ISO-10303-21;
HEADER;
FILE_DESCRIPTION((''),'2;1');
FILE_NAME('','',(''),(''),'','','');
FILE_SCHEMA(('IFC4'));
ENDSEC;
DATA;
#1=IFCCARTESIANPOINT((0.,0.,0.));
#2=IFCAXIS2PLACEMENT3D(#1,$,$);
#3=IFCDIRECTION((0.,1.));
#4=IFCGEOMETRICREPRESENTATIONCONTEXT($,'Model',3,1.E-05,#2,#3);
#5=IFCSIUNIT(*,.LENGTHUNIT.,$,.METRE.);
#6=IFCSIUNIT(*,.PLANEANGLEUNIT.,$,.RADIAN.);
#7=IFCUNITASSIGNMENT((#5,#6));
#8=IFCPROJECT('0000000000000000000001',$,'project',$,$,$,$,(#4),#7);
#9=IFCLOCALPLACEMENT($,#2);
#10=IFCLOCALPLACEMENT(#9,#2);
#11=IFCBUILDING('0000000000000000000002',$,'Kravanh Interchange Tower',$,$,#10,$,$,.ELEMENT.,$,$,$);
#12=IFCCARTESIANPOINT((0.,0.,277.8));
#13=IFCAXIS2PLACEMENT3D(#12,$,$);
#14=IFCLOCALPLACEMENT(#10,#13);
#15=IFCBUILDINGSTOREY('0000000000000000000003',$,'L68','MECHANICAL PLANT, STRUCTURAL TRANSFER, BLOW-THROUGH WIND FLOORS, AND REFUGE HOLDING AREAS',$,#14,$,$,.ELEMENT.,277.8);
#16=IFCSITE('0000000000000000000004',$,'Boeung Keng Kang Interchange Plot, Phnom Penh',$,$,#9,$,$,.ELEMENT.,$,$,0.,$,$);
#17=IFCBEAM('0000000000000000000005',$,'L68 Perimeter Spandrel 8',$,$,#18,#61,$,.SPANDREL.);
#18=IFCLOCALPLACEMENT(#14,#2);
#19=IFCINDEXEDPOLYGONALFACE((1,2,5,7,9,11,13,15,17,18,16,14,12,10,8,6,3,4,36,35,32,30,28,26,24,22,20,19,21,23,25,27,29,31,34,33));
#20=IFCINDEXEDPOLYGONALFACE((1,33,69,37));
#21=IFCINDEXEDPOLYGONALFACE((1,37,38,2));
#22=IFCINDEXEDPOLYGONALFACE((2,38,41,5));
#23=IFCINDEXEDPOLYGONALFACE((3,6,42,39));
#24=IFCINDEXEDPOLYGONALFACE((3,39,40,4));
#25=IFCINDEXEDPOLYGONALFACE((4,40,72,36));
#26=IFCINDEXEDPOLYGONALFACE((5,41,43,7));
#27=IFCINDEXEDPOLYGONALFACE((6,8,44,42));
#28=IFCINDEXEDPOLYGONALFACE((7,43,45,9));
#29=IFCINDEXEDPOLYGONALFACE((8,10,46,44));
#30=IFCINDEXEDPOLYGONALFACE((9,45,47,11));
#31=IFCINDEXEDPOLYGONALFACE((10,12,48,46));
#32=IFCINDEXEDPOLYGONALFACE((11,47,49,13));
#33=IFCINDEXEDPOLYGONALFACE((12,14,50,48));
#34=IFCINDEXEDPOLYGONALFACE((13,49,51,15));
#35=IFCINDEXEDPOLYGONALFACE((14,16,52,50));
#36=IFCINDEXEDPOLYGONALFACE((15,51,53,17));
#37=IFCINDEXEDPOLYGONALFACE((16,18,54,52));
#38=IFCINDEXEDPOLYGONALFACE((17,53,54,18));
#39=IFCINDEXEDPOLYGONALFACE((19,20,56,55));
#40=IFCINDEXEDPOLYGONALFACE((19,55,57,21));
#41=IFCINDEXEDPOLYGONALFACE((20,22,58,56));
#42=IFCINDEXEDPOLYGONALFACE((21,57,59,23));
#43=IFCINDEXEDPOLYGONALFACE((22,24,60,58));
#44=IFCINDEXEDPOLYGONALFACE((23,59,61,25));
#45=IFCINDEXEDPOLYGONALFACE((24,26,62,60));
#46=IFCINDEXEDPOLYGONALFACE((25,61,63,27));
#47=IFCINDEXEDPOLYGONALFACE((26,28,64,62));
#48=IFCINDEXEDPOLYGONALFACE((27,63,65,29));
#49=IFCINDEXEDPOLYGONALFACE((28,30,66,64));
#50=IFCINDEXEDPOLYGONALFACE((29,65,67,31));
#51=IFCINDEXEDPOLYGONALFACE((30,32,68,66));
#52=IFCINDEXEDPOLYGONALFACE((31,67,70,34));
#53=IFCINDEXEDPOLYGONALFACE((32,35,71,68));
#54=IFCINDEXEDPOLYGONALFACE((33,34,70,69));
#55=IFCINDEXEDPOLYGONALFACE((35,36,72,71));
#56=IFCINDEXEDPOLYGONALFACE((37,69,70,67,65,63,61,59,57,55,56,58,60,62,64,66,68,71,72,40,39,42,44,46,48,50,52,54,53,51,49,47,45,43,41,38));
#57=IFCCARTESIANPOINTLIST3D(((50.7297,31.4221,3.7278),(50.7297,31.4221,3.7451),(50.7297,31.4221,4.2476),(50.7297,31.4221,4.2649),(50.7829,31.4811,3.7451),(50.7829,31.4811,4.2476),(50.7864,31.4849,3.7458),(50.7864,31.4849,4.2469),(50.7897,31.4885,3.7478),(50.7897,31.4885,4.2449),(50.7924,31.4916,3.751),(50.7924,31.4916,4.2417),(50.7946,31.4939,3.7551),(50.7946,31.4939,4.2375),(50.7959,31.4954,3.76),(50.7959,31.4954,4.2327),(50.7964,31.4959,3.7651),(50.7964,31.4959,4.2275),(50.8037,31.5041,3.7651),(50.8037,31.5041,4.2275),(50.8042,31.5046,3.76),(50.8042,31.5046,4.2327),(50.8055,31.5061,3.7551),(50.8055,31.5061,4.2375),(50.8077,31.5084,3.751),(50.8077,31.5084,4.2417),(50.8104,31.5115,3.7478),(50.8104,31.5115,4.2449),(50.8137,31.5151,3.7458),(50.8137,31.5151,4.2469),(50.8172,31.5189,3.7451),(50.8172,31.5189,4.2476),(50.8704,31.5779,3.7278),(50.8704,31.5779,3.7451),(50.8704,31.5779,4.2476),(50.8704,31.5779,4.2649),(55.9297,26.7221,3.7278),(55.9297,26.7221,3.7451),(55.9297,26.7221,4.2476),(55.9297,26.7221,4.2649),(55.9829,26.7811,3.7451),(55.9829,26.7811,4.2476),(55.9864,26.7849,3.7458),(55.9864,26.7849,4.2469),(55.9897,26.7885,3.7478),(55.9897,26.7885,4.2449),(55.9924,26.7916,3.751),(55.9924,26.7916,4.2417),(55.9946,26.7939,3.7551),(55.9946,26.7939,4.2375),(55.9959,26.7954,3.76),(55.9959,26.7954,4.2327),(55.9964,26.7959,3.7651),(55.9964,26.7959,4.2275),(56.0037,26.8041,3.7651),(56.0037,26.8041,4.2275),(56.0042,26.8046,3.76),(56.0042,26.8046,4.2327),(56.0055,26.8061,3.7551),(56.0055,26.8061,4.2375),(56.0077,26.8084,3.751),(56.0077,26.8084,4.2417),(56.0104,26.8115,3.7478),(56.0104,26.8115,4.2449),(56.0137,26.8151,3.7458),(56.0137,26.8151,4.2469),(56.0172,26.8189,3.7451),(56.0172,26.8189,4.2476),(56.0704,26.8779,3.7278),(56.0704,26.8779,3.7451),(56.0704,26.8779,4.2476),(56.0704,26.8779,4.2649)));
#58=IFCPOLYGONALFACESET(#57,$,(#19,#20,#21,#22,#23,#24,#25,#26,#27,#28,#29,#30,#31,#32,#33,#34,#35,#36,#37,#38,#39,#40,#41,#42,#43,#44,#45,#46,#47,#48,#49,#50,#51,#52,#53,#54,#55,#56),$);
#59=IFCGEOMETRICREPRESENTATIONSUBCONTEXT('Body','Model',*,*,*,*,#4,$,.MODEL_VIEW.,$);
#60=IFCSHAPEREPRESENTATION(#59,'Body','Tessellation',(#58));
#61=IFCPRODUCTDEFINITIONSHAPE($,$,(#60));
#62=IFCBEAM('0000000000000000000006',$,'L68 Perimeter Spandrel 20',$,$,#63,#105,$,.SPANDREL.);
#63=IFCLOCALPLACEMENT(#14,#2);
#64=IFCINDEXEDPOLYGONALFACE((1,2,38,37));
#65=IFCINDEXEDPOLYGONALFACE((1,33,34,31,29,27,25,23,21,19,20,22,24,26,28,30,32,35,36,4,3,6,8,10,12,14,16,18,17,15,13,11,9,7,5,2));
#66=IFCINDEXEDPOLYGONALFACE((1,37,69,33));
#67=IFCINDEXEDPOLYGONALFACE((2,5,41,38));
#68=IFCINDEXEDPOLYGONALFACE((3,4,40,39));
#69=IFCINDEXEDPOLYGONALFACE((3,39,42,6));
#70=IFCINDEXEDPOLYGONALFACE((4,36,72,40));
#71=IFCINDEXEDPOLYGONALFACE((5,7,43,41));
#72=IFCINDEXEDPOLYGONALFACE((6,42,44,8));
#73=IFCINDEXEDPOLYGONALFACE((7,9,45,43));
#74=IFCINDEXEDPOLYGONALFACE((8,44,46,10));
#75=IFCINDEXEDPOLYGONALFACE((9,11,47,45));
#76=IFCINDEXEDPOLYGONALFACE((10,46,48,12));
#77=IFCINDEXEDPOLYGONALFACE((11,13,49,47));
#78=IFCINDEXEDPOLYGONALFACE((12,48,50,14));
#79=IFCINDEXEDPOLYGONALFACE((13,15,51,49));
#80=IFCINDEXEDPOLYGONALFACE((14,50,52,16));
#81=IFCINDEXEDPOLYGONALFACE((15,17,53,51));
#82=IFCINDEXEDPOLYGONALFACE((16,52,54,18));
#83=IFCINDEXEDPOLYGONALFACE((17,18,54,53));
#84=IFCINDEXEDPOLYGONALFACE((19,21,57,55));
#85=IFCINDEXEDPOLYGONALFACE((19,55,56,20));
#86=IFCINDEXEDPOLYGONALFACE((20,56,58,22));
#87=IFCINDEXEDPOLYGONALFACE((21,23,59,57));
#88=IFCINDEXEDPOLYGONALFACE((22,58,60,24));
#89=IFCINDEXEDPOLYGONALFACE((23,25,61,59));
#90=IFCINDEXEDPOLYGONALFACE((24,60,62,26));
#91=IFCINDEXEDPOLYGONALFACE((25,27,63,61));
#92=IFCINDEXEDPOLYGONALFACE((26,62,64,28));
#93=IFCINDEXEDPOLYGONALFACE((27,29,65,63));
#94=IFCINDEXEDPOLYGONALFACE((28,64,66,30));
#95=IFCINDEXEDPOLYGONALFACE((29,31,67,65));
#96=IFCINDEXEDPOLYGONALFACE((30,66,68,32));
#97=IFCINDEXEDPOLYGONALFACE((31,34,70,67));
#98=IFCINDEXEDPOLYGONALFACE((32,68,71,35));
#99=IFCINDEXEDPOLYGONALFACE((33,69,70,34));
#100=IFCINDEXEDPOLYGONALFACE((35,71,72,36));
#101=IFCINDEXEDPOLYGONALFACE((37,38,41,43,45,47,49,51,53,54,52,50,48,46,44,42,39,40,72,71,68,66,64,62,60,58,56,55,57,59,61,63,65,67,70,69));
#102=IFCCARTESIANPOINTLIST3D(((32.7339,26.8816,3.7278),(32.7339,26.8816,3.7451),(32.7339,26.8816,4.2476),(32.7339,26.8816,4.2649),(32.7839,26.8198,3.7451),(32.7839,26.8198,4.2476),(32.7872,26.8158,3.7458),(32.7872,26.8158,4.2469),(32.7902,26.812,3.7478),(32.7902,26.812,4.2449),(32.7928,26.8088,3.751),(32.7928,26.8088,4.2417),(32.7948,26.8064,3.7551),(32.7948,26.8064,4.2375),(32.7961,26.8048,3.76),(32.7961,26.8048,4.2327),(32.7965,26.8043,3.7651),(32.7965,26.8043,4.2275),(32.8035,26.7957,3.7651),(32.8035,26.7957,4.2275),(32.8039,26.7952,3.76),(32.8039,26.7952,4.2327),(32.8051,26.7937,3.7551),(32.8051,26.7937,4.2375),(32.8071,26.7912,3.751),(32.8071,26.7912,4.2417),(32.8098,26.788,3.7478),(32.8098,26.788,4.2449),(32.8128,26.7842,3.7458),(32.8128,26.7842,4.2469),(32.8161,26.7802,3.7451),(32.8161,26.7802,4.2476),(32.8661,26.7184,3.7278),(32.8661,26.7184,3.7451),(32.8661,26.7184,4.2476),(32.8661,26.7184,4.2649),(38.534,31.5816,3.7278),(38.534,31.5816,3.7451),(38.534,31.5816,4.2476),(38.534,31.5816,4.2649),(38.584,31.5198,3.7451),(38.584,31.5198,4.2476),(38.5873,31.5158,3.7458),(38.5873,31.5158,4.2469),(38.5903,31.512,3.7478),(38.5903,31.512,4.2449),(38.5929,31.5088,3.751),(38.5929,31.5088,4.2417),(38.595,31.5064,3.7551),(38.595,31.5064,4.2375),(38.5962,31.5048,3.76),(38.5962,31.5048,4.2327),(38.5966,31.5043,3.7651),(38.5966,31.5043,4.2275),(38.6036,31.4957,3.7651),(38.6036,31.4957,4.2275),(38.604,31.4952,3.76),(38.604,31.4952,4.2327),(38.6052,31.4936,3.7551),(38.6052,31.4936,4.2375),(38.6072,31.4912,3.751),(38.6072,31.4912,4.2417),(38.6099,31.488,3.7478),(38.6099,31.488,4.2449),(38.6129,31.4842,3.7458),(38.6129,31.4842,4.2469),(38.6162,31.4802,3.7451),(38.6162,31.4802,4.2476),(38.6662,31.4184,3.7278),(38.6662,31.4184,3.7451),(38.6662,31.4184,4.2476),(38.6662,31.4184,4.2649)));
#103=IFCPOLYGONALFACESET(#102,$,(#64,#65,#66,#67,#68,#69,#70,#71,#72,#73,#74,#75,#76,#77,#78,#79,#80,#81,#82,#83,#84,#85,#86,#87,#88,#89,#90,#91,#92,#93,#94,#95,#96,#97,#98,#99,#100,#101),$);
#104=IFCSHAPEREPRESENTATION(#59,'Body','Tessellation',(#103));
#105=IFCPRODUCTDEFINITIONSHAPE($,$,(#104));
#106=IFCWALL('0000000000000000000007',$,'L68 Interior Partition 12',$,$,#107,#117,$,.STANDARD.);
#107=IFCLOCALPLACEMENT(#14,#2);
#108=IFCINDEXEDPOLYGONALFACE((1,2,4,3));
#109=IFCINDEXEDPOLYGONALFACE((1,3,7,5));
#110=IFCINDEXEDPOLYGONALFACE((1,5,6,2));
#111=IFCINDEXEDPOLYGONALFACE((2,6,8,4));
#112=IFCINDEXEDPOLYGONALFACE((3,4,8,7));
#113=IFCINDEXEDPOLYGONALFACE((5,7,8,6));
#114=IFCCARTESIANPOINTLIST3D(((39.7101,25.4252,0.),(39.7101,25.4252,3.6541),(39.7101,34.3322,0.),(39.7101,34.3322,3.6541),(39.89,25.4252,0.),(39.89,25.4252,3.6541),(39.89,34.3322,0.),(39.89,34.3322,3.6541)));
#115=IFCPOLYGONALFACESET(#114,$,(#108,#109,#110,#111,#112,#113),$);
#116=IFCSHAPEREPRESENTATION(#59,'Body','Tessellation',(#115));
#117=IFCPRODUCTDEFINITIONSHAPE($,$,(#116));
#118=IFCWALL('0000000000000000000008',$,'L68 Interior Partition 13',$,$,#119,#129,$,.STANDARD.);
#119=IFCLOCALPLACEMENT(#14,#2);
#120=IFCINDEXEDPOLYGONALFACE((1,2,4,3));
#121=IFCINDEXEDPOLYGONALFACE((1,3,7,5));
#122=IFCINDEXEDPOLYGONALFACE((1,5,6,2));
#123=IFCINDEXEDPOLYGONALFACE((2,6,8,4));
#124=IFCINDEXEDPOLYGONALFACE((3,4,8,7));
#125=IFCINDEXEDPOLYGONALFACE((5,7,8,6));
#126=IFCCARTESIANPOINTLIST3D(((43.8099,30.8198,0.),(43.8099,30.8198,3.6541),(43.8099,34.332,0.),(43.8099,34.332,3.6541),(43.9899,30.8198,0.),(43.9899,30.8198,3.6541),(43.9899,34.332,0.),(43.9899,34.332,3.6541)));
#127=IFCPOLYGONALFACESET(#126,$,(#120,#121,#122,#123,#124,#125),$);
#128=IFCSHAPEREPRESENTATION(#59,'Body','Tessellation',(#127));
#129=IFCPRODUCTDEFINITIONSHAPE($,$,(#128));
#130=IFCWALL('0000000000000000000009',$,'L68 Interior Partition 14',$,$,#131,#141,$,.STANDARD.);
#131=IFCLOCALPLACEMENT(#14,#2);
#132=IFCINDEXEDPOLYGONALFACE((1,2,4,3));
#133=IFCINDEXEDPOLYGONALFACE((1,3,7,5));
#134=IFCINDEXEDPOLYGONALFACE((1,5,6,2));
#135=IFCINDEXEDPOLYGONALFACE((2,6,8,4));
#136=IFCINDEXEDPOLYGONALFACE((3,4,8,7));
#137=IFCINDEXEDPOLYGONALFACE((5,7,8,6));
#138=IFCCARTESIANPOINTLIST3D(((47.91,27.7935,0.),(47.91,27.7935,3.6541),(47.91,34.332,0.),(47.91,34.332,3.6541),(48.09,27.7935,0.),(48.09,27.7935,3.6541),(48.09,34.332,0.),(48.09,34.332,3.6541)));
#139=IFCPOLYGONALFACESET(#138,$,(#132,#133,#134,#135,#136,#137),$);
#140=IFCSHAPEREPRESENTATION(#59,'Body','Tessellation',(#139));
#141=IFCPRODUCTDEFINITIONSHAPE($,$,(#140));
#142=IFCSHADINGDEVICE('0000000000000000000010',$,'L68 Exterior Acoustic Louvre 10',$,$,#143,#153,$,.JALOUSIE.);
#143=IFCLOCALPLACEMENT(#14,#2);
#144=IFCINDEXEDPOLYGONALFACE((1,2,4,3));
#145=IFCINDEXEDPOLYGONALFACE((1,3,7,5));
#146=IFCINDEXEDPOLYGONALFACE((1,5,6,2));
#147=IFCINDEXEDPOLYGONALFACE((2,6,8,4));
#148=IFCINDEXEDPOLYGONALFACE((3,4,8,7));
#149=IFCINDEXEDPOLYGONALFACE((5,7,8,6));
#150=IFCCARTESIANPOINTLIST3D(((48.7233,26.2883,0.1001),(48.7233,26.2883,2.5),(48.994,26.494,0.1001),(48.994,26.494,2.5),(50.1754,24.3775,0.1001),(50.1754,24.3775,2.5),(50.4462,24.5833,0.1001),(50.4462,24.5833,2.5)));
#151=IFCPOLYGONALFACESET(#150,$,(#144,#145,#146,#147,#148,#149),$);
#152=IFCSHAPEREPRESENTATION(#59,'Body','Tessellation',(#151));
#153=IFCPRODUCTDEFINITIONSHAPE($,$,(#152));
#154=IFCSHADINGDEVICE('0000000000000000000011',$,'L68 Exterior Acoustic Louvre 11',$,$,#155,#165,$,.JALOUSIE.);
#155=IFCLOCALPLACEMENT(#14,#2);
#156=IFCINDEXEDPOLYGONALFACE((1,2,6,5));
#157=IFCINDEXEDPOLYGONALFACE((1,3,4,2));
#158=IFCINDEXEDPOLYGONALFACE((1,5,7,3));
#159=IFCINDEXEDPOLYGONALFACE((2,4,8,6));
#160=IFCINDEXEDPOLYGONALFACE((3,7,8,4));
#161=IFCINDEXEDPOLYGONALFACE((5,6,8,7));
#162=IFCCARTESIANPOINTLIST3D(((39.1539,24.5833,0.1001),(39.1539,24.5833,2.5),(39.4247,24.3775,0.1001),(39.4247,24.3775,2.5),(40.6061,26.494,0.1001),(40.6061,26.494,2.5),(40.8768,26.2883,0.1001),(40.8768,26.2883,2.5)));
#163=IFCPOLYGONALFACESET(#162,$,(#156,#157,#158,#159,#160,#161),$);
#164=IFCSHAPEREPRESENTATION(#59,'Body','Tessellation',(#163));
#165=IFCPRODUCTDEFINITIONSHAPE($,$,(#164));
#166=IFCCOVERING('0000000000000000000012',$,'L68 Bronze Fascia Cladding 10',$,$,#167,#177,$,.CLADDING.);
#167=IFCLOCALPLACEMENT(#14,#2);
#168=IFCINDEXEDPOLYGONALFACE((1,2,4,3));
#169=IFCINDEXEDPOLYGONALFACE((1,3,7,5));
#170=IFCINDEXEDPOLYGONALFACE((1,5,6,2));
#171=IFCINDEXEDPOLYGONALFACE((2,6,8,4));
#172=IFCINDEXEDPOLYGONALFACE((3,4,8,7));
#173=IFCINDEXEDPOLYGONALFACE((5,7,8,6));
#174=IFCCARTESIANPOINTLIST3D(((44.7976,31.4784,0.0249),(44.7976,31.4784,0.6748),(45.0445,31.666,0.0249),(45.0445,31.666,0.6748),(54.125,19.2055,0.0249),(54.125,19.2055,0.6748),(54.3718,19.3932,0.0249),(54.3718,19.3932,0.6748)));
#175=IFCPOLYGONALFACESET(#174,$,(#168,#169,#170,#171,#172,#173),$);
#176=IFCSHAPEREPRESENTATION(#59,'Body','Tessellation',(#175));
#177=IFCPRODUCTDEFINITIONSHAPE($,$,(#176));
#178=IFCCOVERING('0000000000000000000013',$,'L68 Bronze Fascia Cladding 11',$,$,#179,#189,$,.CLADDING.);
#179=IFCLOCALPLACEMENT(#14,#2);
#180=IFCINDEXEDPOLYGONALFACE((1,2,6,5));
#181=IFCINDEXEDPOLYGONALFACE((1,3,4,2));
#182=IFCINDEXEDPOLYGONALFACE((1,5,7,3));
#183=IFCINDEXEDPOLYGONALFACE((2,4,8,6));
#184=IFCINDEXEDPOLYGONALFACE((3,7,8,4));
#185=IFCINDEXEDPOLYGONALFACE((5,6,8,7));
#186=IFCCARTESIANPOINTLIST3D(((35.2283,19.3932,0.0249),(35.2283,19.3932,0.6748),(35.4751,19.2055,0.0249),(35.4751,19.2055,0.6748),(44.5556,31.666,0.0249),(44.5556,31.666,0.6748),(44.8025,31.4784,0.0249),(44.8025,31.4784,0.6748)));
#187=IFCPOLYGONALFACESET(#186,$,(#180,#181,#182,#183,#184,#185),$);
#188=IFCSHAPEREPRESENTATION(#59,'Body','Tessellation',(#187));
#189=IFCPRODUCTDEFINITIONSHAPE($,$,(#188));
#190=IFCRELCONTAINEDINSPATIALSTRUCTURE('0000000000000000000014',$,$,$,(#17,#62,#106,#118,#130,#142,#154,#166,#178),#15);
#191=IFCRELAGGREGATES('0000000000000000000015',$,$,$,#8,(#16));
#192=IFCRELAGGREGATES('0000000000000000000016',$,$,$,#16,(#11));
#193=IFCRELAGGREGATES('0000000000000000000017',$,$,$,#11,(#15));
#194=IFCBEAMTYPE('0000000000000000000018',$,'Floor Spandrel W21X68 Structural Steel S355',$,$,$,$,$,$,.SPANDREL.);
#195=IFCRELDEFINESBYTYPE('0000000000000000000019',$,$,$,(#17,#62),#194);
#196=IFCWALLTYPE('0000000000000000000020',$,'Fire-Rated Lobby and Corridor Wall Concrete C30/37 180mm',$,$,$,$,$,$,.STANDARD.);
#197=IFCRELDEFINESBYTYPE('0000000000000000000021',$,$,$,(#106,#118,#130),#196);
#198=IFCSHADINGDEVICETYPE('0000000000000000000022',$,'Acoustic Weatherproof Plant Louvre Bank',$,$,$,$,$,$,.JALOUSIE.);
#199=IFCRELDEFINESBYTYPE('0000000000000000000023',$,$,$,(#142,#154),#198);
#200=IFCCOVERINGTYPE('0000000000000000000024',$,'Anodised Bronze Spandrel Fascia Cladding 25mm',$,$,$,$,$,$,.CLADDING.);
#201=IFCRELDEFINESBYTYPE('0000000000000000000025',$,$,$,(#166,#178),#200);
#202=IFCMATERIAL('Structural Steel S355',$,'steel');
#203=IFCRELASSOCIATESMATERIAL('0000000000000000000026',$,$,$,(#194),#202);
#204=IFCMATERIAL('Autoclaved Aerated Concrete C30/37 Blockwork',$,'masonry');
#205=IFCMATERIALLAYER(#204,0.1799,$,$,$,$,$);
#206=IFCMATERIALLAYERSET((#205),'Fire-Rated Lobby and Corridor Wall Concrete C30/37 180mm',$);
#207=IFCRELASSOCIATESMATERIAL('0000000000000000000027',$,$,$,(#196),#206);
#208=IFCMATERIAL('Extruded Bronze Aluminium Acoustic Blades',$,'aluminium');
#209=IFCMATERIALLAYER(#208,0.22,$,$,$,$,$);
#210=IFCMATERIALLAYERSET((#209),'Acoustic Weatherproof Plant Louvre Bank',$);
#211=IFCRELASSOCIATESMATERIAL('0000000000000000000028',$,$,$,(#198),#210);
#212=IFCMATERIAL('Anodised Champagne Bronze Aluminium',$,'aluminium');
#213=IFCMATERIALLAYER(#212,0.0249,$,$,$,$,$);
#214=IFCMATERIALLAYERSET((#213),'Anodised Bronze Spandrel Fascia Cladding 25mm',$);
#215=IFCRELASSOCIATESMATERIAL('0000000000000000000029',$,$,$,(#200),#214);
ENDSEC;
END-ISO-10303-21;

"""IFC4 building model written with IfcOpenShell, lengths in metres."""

from ifc_helpers import new_model, si_unit, direction, frame, frame_2d, origin, origin_2d, place, context, subcontext, project, spatial, rectangle, i_section, extrude, material, layer, layer_set, material_profile, profile_set, type_object, element, save


model = new_model("IFC4")

# Units and contexts
model_context = context("Model", 3, precision=1e-05, world=origin(), true_north=direction((0.0, 1.0)))
body_context = subcontext(model_context, "Body", "Model", "MODEL_VIEW")
ifc_project = project(units=[si_unit("LENGTHUNIT", "METRE"), si_unit("PLANEANGLEUNIT", "RADIAN")], contexts=[model_context])

# Site, building, storey
site_placement = place(None, origin())
site = spatial("IfcSite", under=ifc_project, at=site_placement, Name="Boeung Keng Kang Interchange Plot, Phnom Penh", CompositionType="ELEMENT", RefElevation=0.0)
building_placement = place(site_placement, origin())
building = spatial("IfcBuilding", under=site, at=building_placement, Name="Kravanh Interchange Tower", CompositionType="ELEMENT")
storey_placement = place(building_placement, frame((0.0, 0.0, 277.8)))
storey = spatial("IfcBuildingStorey", under=building, at=storey_placement, Name="L68", Description="MECHANICAL PLANT, STRUCTURAL TRANSFER, BLOW-THROUGH WIND FLOORS, AND REFUGE HOLDING AREAS", CompositionType="ELEMENT", Elevation=277.8)

# Beams
ifc_material_1 = material(Name="Structural Steel S355", Category="steel")
ifc_material_profile_1 = material_profile(ifc_material_1, i_section(OverallWidth=0.21, OverallDepth=0.5371, WebThickness=0.011, FlangeThickness=0.0173, FilletRadius=0.02, at=origin_2d()), Name="W21X68")
ifc_profile_set_1 = profile_set([ifc_material_profile_1], Name="Structural Steel S355")
beam_type_1 = type_object("IfcBeamType", Name="Floor Spandrel W21X68 Structural Steel S355", PredefinedType="SPANDREL", material=ifc_profile_set_1)
beam_1_placement = place(storey_placement, frame((50.8, 31.5, 3.9963), z_axis=(0.741874, -0.670539, 0.0), x_axis=(0.670539, 0.741874, 0.0)))
element("IfcBeam", 1, at=beam_1_placement, inside=storey, type_object=beam_type_1, Name="L68 Perimeter Spandrel 8", PredefinedType="SPANDREL", context=body_context, shape_type="SweptSolid", body=[
    extrude(i_section(OverallWidth=0.21, OverallDepth=0.5371, WebThickness=0.011, FlangeThickness=0.0173, FilletRadius=0.02, at=origin_2d()), origin(), (0.0, 0.0, 1.0), 7.0093),
])
beam_2_placement = place(storey_placement, frame((38.6001, 31.5, 3.9963), z_axis=(-0.776939, -0.629576, 0.0), x_axis=(0.629576, -0.776939, 0.0)))
element("IfcBeam", 2, at=beam_2_placement, inside=storey, type_object=beam_type_1, Name="L68 Perimeter Spandrel 20", PredefinedType="SPANDREL", context=body_context, shape_type="SweptSolid", body=[
    extrude(i_section(OverallWidth=0.21, OverallDepth=0.5371, WebThickness=0.011, FlangeThickness=0.0173, FilletRadius=0.02, at=origin_2d()), origin(), (0.0, 0.0, 1.0), 7.4653),
])

# Walls
ifc_material_2 = material(Name="Autoclaved Aerated Concrete C30/37 Blockwork", Category="masonry")
ifc_layer_1 = layer(ifc_material_2, 0.1799)
ifc_layer_set_1 = layer_set([ifc_layer_1], Name="Fire-Rated Lobby and Corridor Wall Concrete C30/37 180mm")
wall_type = type_object("IfcWallType", Name="Fire-Rated Lobby and Corridor Wall Concrete C30/37 180mm", PredefinedType="STANDARD", material=ifc_layer_set_1)
wall_1_placement = place(storey_placement, frame((39.8, 25.425, 0.0), z_axis=(0.0, 0.0, 1.0), x_axis=(0.0, 1.0, 0.0)))
element("IfcWall", 3, at=wall_1_placement, inside=storey, type_object=wall_type, Name="L68 Interior Partition 12", PredefinedType="STANDARD", context=body_context, shape_type="SweptSolid", body=[
    extrude(rectangle(XDim=8.907, YDim=0.1799, at=frame_2d((4.4536, 0.0))), origin(), (0.0, 0.0, 1.0), 3.6541),
])
wall_2_placement = place(storey_placement, frame((43.8999, 30.8198, 0.0), z_axis=(0.0, 0.0, 1.0), x_axis=(0.0, 1.0, 0.0)))
element("IfcWall", 4, at=wall_2_placement, inside=storey, type_object=wall_type, Name="L68 Interior Partition 13", PredefinedType="STANDARD", context=body_context, shape_type="SweptSolid", body=[
    extrude(rectangle(XDim=3.5122, YDim=0.1799, at=frame_2d((1.7561, 0.0))), origin(), (0.0, 0.0, 1.0), 3.6541),
])
wall_3_placement = place(storey_placement, frame((48.0, 27.7935, 0.0), z_axis=(0.0, 0.0, 1.0), x_axis=(0.0, 1.0, 0.0)))
element("IfcWall", 5, at=wall_3_placement, inside=storey, type_object=wall_type, Name="L68 Interior Partition 14", PredefinedType="STANDARD", context=body_context, shape_type="SweptSolid", body=[
    extrude(rectangle(XDim=6.5386, YDim=0.1799, at=frame_2d((3.2693, 0.0))), origin(), (0.0, 0.0, 1.0), 3.6541),
])

# Shading devices
ifc_material_3 = material(Name="Extruded Bronze Aluminium Acoustic Blades", Category="aluminium")
ifc_layer_2 = layer(ifc_material_3, 0.22)
ifc_layer_set_2 = layer_set([ifc_layer_2], Name="Acoustic Weatherproof Plant Louvre Bank")
shading_device_type = type_object("IfcShadingDeviceType", Name="Acoustic Weatherproof Plant Louvre Bank", PredefinedType="JALOUSIE", material=ifc_layer_set_2)
for number, where, z_axis, x_axis, name in (
    (6, (49.5847, 25.4358, 0.1001), (0.0, 0.0, 1.0), (-0.605083, 0.796162, 0.0), "L68 Exterior Acoustic Louvre 10"),
    (7, (40.0154, 25.4358, 0.1001), (0.0, 0.0, 1.0), (-0.605083, -0.796162, 0.0), "L68 Exterior Acoustic Louvre 11"),
):
    element("IfcShadingDevice", number, at=place(storey_placement, frame(where, z_axis=z_axis, x_axis=x_axis)), inside=storey, type_object=shading_device_type, Name=name, PredefinedType="JALOUSIE", context=body_context, shape_type="SweptSolid", body=[
        extrude(rectangle(XDim=2.3999, YDim=0.3401, at=origin_2d()), origin(), (0.0, 0.0, 1.0), 2.3999),
    ])

# Coverings
ifc_material_4 = material(Name="Anodised Champagne Bronze Aluminium", Category="aluminium")
ifc_layer_3 = layer(ifc_material_4, 0.0249)
ifc_layer_set_3 = layer_set([ifc_layer_3], Name="Anodised Bronze Spandrel Fascia Cladding 25mm")
covering_type = type_object("IfcCoveringType", Name="Anodised Bronze Spandrel Fascia Cladding 25mm", PredefinedType="CLADDING", material=ifc_layer_set_3)
for number, where, z_axis, x_axis, name in (
    (8, (49.5847, 25.4358, 0.0249), (0.0, 0.0, 1.0), (-0.605083, 0.796162, 0.0), "L68 Bronze Fascia Cladding 10"),
    (9, (40.0154, 25.4358, 0.0249), (0.0, 0.0, 1.0), (-0.605083, -0.796162, 0.0), "L68 Bronze Fascia Cladding 11"),
):
    element("IfcCovering", number, at=place(storey_placement, frame(where, z_axis=z_axis, x_axis=x_axis)), inside=storey, type_object=covering_type, Name=name, PredefinedType="CLADDING", context=body_context, shape_type="SweptSolid", body=[
        extrude(rectangle(XDim=15.415, YDim=0.3101, at=origin_2d()), origin(), (0.0, 0.0, 1.0), 0.6499),
    ])

save(model, "model.ifc")
